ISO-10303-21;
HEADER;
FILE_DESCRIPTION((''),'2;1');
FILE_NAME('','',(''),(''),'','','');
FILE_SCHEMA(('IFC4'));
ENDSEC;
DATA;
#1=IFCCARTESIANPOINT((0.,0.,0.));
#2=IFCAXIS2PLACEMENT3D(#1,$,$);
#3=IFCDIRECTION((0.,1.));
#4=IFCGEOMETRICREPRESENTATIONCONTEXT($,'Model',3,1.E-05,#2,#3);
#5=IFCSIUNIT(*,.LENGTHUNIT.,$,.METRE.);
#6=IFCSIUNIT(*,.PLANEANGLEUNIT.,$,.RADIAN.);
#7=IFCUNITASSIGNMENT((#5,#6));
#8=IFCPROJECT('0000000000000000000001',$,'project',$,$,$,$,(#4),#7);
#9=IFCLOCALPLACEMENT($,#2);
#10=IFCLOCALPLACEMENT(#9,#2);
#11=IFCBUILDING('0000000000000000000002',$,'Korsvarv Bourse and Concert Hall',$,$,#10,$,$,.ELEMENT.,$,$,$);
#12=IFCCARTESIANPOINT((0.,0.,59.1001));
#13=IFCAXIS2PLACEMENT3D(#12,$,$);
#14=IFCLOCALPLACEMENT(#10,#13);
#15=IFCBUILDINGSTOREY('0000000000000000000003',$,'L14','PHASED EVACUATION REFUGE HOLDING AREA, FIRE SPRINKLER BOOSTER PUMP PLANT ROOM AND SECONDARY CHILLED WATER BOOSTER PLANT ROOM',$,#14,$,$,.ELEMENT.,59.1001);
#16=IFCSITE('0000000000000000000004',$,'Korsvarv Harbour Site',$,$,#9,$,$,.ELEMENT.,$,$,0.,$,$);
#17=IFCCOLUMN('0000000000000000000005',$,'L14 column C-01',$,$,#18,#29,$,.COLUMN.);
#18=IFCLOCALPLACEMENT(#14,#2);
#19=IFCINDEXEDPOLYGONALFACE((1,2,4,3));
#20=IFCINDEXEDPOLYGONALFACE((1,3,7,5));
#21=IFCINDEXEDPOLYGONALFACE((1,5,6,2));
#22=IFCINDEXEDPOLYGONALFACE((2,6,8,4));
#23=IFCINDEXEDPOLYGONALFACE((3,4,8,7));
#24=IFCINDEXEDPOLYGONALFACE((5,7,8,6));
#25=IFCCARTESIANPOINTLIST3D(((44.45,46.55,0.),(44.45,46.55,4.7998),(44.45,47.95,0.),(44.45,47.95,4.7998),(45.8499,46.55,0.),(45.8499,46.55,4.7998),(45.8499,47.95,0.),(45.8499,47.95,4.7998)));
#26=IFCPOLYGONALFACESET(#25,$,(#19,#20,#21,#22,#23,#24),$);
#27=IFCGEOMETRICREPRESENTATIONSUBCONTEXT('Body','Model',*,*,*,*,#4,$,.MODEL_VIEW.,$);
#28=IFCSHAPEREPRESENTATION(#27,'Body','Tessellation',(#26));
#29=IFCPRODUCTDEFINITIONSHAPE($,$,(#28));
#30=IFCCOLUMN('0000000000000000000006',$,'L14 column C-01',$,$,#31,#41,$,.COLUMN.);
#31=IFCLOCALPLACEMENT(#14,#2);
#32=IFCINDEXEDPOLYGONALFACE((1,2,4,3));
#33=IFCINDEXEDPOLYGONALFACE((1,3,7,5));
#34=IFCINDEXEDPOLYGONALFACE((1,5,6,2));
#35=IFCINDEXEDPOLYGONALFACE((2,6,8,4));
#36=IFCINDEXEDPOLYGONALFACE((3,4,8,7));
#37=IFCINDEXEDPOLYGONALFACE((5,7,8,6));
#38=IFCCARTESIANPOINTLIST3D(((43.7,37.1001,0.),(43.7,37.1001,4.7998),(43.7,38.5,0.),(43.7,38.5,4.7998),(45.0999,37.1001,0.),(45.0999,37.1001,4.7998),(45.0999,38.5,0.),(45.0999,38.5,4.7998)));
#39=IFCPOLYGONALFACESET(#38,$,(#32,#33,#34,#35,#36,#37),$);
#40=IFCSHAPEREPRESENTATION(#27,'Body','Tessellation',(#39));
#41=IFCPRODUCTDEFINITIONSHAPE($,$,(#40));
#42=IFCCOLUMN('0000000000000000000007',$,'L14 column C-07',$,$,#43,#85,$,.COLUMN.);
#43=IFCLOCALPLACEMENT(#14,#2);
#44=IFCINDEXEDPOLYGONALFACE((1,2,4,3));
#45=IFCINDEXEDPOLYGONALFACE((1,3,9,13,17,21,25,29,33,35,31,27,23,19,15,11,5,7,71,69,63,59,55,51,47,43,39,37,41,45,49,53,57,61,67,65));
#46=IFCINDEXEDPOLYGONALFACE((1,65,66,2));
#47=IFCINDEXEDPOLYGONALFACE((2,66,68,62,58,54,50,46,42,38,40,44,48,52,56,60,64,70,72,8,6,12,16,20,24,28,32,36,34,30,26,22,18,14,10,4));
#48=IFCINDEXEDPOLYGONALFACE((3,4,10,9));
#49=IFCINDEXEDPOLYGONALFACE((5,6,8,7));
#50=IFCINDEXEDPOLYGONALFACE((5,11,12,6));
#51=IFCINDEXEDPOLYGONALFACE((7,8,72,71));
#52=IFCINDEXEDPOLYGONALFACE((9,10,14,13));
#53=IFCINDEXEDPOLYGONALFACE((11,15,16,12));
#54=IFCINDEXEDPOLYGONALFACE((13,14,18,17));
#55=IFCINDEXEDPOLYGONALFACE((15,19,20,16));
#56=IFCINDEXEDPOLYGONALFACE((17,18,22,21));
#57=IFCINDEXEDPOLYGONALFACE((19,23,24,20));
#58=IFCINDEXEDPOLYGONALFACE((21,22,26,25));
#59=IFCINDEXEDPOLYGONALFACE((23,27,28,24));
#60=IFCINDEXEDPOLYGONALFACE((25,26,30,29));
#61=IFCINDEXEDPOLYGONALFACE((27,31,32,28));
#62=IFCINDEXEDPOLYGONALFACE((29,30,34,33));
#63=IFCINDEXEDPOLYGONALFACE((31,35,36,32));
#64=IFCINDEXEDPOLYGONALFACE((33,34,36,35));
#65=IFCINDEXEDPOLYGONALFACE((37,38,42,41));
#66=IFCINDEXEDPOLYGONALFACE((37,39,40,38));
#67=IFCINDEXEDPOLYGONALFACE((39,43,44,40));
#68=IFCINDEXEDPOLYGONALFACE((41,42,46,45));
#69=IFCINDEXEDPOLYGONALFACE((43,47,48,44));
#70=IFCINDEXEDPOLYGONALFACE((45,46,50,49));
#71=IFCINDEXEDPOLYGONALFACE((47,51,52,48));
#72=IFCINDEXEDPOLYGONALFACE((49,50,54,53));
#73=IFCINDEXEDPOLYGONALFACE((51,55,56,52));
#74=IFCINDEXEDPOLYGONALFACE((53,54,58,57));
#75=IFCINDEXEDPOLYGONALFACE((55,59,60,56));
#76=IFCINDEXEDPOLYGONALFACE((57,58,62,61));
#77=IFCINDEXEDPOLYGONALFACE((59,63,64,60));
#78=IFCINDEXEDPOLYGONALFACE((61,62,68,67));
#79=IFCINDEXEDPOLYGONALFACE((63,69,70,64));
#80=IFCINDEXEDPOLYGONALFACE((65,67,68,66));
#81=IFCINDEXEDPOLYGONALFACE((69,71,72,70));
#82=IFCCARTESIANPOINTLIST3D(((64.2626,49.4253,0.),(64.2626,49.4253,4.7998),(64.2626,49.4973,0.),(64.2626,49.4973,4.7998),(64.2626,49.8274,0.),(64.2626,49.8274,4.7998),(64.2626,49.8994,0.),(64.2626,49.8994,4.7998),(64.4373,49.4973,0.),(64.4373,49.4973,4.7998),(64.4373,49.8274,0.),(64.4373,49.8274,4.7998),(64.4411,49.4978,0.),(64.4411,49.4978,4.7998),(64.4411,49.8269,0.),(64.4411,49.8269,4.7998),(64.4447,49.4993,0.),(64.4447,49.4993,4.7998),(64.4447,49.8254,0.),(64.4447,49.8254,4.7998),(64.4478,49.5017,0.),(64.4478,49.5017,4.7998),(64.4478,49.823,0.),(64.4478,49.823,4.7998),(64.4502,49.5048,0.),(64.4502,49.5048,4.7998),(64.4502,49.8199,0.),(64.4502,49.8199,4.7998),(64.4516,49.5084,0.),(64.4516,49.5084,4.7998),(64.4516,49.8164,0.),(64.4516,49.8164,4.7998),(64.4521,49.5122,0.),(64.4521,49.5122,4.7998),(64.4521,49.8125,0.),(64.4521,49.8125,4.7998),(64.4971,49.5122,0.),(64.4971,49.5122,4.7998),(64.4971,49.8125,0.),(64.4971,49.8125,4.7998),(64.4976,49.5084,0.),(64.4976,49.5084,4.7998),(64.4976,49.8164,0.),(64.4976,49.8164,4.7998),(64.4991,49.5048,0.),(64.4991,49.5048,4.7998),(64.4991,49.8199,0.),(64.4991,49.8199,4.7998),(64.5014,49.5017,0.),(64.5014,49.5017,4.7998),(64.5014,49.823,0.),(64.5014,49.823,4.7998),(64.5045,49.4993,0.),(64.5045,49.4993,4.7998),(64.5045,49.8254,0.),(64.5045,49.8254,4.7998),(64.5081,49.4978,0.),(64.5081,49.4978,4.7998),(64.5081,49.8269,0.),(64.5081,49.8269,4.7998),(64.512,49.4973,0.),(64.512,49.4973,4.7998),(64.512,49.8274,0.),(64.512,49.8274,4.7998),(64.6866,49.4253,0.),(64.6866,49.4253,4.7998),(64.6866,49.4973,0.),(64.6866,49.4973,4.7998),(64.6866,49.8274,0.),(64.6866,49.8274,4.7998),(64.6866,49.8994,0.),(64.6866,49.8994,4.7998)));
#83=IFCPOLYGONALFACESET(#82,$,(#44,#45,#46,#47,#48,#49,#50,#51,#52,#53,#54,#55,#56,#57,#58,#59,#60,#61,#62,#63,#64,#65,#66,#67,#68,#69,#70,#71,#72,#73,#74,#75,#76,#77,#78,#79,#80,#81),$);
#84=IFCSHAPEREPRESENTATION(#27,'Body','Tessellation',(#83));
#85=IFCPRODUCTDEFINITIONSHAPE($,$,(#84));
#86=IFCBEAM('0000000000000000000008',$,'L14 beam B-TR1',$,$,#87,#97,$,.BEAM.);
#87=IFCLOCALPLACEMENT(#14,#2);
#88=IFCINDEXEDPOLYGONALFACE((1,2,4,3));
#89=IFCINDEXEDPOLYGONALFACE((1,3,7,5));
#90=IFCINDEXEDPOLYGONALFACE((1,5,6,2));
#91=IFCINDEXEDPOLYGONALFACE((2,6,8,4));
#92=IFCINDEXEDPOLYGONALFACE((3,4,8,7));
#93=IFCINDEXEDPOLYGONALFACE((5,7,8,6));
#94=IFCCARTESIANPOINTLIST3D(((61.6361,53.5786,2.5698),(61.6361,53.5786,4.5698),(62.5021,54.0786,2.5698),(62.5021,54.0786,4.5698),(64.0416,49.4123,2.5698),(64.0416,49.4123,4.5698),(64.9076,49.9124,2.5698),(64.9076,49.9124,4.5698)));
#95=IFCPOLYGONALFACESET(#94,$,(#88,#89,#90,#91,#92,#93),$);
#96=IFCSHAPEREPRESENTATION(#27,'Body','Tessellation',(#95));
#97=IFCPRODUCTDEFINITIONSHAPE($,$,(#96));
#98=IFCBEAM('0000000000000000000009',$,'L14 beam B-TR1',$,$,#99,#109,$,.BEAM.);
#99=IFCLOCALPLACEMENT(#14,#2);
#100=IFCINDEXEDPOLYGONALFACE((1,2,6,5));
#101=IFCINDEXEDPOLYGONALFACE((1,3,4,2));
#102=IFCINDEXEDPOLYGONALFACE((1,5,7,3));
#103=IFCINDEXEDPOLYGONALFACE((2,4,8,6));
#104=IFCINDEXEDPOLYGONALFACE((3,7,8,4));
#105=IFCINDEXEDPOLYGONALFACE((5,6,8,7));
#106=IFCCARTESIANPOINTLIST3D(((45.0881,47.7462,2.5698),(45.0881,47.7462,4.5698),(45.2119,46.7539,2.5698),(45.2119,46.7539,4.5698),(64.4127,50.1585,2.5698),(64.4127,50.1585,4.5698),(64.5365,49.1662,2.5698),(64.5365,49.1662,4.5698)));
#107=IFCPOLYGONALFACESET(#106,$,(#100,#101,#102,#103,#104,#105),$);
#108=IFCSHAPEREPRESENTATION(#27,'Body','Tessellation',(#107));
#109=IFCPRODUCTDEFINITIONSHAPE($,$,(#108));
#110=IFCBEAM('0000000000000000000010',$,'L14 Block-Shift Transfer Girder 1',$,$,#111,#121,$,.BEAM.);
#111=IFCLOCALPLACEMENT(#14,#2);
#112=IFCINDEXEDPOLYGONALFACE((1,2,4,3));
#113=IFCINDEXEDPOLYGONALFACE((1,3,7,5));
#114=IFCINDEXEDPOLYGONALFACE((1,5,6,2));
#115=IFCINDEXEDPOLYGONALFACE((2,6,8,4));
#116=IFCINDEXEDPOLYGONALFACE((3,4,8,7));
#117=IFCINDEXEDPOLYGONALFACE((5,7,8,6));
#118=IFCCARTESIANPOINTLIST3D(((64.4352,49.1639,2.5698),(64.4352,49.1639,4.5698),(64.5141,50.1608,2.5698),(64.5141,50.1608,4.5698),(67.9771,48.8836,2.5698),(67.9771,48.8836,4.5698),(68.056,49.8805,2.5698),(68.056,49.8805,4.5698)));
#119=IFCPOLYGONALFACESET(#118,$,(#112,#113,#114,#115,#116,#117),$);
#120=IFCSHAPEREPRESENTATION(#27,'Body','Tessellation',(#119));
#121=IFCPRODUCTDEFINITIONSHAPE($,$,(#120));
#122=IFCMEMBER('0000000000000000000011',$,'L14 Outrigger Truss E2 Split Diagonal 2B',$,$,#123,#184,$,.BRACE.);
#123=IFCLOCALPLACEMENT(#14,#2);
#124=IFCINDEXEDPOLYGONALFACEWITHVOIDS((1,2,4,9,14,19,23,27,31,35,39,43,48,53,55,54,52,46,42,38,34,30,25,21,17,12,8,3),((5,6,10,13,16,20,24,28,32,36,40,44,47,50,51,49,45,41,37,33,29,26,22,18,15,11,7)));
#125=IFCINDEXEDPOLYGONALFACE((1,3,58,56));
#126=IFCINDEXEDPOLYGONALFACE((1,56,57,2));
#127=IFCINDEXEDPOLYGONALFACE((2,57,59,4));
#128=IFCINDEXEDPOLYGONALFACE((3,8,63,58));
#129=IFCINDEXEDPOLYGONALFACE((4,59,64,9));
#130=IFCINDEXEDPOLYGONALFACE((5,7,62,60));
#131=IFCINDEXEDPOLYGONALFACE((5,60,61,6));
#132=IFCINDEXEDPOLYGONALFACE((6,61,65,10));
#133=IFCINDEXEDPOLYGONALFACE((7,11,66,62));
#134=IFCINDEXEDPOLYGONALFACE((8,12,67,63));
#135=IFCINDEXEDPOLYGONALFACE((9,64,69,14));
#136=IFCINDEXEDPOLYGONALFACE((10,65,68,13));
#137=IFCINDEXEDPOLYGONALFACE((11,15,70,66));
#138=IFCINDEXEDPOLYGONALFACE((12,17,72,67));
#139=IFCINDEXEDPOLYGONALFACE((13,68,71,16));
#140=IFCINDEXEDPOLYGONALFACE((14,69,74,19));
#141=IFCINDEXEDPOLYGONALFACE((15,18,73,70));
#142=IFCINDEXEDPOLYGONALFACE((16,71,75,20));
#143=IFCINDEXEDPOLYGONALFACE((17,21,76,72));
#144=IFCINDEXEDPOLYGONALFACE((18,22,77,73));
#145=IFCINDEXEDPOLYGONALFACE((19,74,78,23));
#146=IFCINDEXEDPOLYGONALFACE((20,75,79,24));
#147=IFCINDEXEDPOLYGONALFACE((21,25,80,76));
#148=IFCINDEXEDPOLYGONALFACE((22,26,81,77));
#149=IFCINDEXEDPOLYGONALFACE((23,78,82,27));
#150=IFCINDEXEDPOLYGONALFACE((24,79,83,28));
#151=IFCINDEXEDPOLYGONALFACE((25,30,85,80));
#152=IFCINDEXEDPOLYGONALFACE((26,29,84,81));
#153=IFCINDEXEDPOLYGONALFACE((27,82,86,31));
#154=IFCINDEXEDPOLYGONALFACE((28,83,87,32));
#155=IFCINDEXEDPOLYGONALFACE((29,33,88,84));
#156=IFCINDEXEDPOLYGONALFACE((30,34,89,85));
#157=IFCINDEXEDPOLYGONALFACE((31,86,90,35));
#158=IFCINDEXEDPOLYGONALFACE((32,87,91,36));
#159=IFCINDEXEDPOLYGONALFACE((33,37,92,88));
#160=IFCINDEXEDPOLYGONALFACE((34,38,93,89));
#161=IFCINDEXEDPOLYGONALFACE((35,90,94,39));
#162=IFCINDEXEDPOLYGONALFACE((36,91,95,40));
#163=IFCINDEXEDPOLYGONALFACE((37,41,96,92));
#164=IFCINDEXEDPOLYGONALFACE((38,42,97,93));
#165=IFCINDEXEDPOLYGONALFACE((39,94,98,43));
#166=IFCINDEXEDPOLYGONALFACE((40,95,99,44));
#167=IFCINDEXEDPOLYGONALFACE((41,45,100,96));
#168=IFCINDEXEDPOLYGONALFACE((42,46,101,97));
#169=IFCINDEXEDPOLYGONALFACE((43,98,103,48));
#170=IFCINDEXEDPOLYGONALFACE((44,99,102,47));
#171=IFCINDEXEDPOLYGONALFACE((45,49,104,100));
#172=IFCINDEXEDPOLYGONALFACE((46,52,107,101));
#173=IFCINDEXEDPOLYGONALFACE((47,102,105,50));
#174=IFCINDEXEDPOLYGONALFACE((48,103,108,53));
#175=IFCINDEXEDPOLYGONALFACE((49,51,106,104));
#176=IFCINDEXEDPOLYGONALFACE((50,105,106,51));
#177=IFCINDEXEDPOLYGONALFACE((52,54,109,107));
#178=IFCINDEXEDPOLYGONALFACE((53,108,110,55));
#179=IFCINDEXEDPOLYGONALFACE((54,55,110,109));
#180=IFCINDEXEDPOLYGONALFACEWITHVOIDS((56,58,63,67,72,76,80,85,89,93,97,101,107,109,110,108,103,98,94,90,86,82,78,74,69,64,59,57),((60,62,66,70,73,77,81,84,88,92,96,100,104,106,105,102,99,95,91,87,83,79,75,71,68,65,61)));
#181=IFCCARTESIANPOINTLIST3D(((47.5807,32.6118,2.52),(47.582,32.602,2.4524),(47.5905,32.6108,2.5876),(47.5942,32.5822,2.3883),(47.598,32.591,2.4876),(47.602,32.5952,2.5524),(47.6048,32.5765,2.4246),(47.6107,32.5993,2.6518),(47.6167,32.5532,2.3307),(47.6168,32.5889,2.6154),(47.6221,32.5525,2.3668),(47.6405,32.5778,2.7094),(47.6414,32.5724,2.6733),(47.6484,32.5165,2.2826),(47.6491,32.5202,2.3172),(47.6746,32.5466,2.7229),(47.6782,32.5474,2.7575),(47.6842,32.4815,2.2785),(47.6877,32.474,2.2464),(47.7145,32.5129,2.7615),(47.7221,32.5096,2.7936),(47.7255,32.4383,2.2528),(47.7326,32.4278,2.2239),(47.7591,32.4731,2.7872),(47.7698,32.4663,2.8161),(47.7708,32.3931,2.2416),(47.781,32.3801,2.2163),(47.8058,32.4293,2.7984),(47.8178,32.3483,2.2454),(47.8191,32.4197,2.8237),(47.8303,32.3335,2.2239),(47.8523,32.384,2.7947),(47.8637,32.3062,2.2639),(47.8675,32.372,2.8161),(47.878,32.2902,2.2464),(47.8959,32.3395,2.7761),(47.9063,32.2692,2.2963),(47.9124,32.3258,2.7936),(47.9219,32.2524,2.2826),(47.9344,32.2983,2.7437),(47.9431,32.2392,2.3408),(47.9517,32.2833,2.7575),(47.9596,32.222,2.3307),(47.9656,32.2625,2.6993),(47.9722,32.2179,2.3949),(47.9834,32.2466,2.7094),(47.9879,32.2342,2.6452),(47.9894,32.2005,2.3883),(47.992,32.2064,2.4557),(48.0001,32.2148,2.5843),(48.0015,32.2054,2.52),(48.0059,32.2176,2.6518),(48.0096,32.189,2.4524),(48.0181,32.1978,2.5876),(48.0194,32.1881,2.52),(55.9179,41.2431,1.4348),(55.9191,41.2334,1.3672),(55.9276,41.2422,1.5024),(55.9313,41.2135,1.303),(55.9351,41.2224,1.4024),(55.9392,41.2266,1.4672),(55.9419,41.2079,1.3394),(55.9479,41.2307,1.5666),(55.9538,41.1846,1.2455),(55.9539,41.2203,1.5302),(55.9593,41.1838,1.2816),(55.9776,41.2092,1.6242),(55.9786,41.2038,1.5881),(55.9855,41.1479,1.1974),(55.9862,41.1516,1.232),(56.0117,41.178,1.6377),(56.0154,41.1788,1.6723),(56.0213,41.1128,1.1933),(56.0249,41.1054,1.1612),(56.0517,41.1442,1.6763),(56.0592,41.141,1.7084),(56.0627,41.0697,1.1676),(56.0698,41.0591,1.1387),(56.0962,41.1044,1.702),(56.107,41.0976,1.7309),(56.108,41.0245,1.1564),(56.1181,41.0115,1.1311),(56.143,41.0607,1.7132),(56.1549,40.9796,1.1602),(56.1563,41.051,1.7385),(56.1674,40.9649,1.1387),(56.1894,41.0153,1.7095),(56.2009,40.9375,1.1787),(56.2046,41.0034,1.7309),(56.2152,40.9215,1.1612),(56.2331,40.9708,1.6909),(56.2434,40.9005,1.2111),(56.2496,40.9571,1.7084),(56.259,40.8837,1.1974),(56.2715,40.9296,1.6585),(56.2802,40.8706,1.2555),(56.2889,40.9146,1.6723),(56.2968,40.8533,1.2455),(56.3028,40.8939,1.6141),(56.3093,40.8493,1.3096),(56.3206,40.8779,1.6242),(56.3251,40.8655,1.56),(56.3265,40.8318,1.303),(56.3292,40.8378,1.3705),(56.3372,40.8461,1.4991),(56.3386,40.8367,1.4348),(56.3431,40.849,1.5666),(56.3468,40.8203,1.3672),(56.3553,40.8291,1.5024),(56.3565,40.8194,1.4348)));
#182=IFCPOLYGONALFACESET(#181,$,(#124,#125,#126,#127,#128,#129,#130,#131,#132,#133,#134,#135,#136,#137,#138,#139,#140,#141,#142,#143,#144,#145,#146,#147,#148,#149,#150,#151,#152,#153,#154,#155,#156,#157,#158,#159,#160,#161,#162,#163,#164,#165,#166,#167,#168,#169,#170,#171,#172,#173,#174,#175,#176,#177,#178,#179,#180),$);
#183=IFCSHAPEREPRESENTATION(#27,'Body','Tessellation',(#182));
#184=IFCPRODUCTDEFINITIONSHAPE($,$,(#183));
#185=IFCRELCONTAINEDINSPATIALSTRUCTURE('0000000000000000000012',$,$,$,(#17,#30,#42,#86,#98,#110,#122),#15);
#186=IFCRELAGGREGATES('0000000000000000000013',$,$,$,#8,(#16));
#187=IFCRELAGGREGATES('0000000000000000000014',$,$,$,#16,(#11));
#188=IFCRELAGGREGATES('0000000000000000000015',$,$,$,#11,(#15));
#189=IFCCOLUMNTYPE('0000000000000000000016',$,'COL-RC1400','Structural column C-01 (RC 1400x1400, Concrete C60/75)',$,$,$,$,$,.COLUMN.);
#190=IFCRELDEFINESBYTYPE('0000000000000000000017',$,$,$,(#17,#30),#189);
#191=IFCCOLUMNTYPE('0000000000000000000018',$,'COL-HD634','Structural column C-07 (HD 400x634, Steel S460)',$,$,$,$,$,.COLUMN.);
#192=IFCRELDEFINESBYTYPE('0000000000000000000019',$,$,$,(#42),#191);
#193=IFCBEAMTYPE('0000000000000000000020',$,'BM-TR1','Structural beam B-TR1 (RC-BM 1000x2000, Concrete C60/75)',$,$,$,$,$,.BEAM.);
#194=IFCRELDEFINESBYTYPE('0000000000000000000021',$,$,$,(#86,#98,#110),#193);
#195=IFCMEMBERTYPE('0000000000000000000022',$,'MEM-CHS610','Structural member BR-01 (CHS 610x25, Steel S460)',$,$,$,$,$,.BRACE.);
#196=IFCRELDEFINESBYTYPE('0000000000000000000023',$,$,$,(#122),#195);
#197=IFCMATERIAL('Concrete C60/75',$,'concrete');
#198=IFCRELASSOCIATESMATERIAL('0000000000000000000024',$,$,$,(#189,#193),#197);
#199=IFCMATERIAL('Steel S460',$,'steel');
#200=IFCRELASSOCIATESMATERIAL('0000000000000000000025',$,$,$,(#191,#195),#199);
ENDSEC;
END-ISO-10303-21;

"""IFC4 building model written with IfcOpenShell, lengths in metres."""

from ifc_helpers import new_model, si_unit, direction, frame, origin, origin_2d, place, context, subcontext, project, spatial, rectangle, hollow_circle, i_section, extrude, source, transform, mapped, material, material_profile, profile_set, type_object, element, save


model = new_model("IFC4")

# Units and contexts
model_context = context("Model", 3, precision=1e-05, world=origin(), true_north=direction((0.0, 1.0)))
body_context = subcontext(model_context, "Body", "Model", "MODEL_VIEW")
ifc_project = project(units=[si_unit("LENGTHUNIT", "METRE"), si_unit("PLANEANGLEUNIT", "RADIAN")], contexts=[model_context])

# Site, building, storey
site_placement = place(None, origin())
site = spatial("IfcSite", under=ifc_project, at=site_placement, Name="Korsvarv Harbour Site", CompositionType="ELEMENT", RefElevation=0.0)
building_placement = place(site_placement, origin())
building = spatial("IfcBuilding", under=site, at=building_placement, Name="Korsvarv Bourse and Concert Hall", CompositionType="ELEMENT")
storey_placement = place(building_placement, frame((0.0, 0.0, 59.1001)))
storey = spatial("IfcBuildingStorey", under=building, at=storey_placement, Name="L14", Description="PHASED EVACUATION REFUGE HOLDING AREA, FIRE SPRINKLER BOOSTER PUMP PLANT ROOM AND SECONDARY CHILLED WATER BOOSTER PLANT ROOM", CompositionType="ELEMENT", Elevation=59.1001)

# Columns
ifc_material_1 = material(Name="Concrete C60/75", Category="concrete")
ifc_material_profile_1 = material_profile(ifc_material_1, rectangle(XDim=1.3999, YDim=1.3999, at=origin_2d()), Name="RC 1400x1400")
ifc_profile_set_1 = profile_set([ifc_material_profile_1], Name="Concrete C60/75")
column_type_1 = type_object("IfcColumnType", Name="COL-RC1400", Description="Structural column C-01 (RC 1400x1400, Concrete C60/75)", PredefinedType="COLUMN", material=ifc_profile_set_1)
shared_shape_1 = source(origin(), body_context, "Body", "SweptSolid", [
    extrude(rectangle(XDim=1.3999, YDim=1.3999, at=origin_2d()), origin(), (0.0, 0.0, 1.0), 4.7998),
])
for number, where, z_axis, x_axis, name in (
    (1, (45.1499, 47.25, 0.0), (0.0, 0.0, 1.0), (1.0, 0.0, 0.0), "L14 column C-01"),
    (2, (44.3999, 37.8, 0.0), (0.0, 0.0, 1.0), (1.0, 0.0, 0.0), "L14 column C-01"),
):
    element("IfcColumn", number, at=place(storey_placement, frame(where, z_axis=z_axis, x_axis=x_axis)), inside=storey, type_object=column_type_1, Name=name, PredefinedType="COLUMN", context=body_context, shape_type="MappedRepresentation", body=[
        mapped(shared_shape_1, transform((0.0, 0.0, 0.0), scale=1.0)),
    ])
ifc_material_2 = material(Name="Steel S460", Category="steel")
ifc_material_profile_2 = material_profile(ifc_material_2, i_section(OverallWidth=0.4241, OverallDepth=0.4741, WebThickness=0.0449, FlangeThickness=0.072, FilletRadius=0.0149, at=origin_2d()), Name="HD 400x634")
ifc_profile_set_2 = profile_set([ifc_material_profile_2], Name="Steel S460")
column_type_2 = type_object("IfcColumnType", Name="COL-HD634", Description="Structural column C-07 (HD 400x634, Steel S460)", PredefinedType="COLUMN", material=ifc_profile_set_2)
shared_shape_2 = source(origin(), body_context, "Body", "SweptSolid", [
    extrude(i_section(OverallWidth=0.4241, OverallDepth=0.4741, WebThickness=0.0449, FlangeThickness=0.072, FilletRadius=0.0149, at=origin_2d()), origin(), (0.0, 0.0, 1.0), 4.7998),
])
column_placement = place(storey_placement, frame((64.4746, 49.6624, 0.0), z_axis=(0.0, 0.0, 1.0), x_axis=(1.0, 0.0, 0.0)))
element("IfcColumn", 3, at=column_placement, inside=storey, type_object=column_type_2, Name="L14 column C-07", PredefinedType="COLUMN", context=body_context, shape_type="MappedRepresentation", body=[
    mapped(shared_shape_2, transform((0.0, 0.0, 0.0), scale=1.0)),
])

# Beams
ifc_material_profile_3 = material_profile(ifc_material_1, rectangle(XDim=1.0, YDim=2.0, at=origin_2d()), Name="RC-BM 1000x2000")
ifc_profile_set_3 = profile_set([ifc_material_profile_3], Name="Concrete C60/75")
beam_type = type_object("IfcBeamType", Name="BM-TR1", Description="Structural beam B-TR1 (RC-BM 1000x2000, Concrete C60/75)", PredefinedType="BEAM", material=ifc_profile_set_3)
shared_shape_3 = source(origin(), body_context, "Body", "SweptSolid", [
    extrude(rectangle(XDim=1.0, YDim=2.0, at=origin_2d()), origin(), (0.0, 0.0, 1.0), 4.8108),
])
beam_1_placement = place(storey_placement, frame((64.4746, 49.6624, 3.5698), z_axis=(-0.50002, 0.866014, 0.0), x_axis=(-0.866014, -0.50002, 0.0)))
element("IfcBeam", 4, at=beam_1_placement, inside=storey, type_object=beam_type, Name="L14 beam B-TR1", PredefinedType="BEAM", context=body_context, shape_type="MappedRepresentation", body=[
    mapped(shared_shape_3, transform((0.0, 0.0, 0.0), scale=1.0)),
])
shared_shape_4 = source(origin(), body_context, "Body", "SweptSolid", [
    extrude(rectangle(XDim=1.0, YDim=2.0, at=origin_2d()), origin(), (0.0, 0.0, 1.0), 19.4746),
])
beam_2_placement = place(storey_placement, frame((64.4746, 49.6624, 3.5698), z_axis=(-0.992298, -0.123871, 0.0), x_axis=(0.123871, -0.992298, 0.0)))
element("IfcBeam", 5, at=beam_2_placement, inside=storey, type_object=beam_type, Name="L14 beam B-TR1", PredefinedType="BEAM", context=body_context, shape_type="MappedRepresentation", body=[
    mapped(shared_shape_4, transform((0.0, 0.0, 0.0), scale=1.0)),
])
shared_shape_5 = source(origin(), body_context, "Body", "SweptSolid", [
    extrude(rectangle(XDim=1.0, YDim=2.0, at=origin_2d()), origin(), (0.0, 0.0, 1.0), 3.553),
])
beam_3_placement = place(storey_placement, frame((64.4746, 49.6624, 3.5698), z_axis=(0.996884, -0.078882, 0.0), x_axis=(0.078882, 0.996884, 0.0)))
element("IfcBeam", 6, at=beam_3_placement, inside=storey, type_object=beam_type, Name="L14 Block-Shift Transfer Girder 1", PredefinedType="BEAM", context=body_context, shape_type="MappedRepresentation", body=[
    mapped(shared_shape_5, transform((0.0, 0.0, 0.0), scale=1.0)),
])

# Member
ifc_material_profile_4 = material_profile(ifc_material_2, hollow_circle(Radius=0.3049, WallThickness=0.0249, at=origin_2d()), Name="CHS 610x25")
ifc_profile_set_4 = profile_set([ifc_material_profile_4], Name="Steel S460")
member_type_1 = type_object("IfcMemberType", Name="MEM-CHS610", Description="Structural member BR-01 (CHS 610x25, Steel S460)", PredefinedType="BRACE", material=ifc_profile_set_4)
shared_shape_6 = source(origin(), body_context, "Body", "SweptSolid", [
    extrude(hollow_circle(Radius=0.3049, WallThickness=0.0249, at=origin_2d()), origin(), (0.0, 0.0, 1.0), 12.0493),
])
member_1_placement = place(storey_placement, frame((56.1372, 41.0312, 1.4348), z_axis=(-0.69192, -0.716335, 0.090064), x_axis=(0.719258, -0.694743, 0.0)))
element("IfcMember", 7, at=member_1_placement, inside=storey, type_object=member_type_1, Name="L14 Outrigger Truss E2 Split Diagonal 2B", PredefinedType="BRACE", context=body_context, shape_type="MappedRepresentation", body=[
    mapped(shared_shape_6, transform((0.0, 0.0, 0.0), scale=1.0)),
])

save(model, "model.ifc")
